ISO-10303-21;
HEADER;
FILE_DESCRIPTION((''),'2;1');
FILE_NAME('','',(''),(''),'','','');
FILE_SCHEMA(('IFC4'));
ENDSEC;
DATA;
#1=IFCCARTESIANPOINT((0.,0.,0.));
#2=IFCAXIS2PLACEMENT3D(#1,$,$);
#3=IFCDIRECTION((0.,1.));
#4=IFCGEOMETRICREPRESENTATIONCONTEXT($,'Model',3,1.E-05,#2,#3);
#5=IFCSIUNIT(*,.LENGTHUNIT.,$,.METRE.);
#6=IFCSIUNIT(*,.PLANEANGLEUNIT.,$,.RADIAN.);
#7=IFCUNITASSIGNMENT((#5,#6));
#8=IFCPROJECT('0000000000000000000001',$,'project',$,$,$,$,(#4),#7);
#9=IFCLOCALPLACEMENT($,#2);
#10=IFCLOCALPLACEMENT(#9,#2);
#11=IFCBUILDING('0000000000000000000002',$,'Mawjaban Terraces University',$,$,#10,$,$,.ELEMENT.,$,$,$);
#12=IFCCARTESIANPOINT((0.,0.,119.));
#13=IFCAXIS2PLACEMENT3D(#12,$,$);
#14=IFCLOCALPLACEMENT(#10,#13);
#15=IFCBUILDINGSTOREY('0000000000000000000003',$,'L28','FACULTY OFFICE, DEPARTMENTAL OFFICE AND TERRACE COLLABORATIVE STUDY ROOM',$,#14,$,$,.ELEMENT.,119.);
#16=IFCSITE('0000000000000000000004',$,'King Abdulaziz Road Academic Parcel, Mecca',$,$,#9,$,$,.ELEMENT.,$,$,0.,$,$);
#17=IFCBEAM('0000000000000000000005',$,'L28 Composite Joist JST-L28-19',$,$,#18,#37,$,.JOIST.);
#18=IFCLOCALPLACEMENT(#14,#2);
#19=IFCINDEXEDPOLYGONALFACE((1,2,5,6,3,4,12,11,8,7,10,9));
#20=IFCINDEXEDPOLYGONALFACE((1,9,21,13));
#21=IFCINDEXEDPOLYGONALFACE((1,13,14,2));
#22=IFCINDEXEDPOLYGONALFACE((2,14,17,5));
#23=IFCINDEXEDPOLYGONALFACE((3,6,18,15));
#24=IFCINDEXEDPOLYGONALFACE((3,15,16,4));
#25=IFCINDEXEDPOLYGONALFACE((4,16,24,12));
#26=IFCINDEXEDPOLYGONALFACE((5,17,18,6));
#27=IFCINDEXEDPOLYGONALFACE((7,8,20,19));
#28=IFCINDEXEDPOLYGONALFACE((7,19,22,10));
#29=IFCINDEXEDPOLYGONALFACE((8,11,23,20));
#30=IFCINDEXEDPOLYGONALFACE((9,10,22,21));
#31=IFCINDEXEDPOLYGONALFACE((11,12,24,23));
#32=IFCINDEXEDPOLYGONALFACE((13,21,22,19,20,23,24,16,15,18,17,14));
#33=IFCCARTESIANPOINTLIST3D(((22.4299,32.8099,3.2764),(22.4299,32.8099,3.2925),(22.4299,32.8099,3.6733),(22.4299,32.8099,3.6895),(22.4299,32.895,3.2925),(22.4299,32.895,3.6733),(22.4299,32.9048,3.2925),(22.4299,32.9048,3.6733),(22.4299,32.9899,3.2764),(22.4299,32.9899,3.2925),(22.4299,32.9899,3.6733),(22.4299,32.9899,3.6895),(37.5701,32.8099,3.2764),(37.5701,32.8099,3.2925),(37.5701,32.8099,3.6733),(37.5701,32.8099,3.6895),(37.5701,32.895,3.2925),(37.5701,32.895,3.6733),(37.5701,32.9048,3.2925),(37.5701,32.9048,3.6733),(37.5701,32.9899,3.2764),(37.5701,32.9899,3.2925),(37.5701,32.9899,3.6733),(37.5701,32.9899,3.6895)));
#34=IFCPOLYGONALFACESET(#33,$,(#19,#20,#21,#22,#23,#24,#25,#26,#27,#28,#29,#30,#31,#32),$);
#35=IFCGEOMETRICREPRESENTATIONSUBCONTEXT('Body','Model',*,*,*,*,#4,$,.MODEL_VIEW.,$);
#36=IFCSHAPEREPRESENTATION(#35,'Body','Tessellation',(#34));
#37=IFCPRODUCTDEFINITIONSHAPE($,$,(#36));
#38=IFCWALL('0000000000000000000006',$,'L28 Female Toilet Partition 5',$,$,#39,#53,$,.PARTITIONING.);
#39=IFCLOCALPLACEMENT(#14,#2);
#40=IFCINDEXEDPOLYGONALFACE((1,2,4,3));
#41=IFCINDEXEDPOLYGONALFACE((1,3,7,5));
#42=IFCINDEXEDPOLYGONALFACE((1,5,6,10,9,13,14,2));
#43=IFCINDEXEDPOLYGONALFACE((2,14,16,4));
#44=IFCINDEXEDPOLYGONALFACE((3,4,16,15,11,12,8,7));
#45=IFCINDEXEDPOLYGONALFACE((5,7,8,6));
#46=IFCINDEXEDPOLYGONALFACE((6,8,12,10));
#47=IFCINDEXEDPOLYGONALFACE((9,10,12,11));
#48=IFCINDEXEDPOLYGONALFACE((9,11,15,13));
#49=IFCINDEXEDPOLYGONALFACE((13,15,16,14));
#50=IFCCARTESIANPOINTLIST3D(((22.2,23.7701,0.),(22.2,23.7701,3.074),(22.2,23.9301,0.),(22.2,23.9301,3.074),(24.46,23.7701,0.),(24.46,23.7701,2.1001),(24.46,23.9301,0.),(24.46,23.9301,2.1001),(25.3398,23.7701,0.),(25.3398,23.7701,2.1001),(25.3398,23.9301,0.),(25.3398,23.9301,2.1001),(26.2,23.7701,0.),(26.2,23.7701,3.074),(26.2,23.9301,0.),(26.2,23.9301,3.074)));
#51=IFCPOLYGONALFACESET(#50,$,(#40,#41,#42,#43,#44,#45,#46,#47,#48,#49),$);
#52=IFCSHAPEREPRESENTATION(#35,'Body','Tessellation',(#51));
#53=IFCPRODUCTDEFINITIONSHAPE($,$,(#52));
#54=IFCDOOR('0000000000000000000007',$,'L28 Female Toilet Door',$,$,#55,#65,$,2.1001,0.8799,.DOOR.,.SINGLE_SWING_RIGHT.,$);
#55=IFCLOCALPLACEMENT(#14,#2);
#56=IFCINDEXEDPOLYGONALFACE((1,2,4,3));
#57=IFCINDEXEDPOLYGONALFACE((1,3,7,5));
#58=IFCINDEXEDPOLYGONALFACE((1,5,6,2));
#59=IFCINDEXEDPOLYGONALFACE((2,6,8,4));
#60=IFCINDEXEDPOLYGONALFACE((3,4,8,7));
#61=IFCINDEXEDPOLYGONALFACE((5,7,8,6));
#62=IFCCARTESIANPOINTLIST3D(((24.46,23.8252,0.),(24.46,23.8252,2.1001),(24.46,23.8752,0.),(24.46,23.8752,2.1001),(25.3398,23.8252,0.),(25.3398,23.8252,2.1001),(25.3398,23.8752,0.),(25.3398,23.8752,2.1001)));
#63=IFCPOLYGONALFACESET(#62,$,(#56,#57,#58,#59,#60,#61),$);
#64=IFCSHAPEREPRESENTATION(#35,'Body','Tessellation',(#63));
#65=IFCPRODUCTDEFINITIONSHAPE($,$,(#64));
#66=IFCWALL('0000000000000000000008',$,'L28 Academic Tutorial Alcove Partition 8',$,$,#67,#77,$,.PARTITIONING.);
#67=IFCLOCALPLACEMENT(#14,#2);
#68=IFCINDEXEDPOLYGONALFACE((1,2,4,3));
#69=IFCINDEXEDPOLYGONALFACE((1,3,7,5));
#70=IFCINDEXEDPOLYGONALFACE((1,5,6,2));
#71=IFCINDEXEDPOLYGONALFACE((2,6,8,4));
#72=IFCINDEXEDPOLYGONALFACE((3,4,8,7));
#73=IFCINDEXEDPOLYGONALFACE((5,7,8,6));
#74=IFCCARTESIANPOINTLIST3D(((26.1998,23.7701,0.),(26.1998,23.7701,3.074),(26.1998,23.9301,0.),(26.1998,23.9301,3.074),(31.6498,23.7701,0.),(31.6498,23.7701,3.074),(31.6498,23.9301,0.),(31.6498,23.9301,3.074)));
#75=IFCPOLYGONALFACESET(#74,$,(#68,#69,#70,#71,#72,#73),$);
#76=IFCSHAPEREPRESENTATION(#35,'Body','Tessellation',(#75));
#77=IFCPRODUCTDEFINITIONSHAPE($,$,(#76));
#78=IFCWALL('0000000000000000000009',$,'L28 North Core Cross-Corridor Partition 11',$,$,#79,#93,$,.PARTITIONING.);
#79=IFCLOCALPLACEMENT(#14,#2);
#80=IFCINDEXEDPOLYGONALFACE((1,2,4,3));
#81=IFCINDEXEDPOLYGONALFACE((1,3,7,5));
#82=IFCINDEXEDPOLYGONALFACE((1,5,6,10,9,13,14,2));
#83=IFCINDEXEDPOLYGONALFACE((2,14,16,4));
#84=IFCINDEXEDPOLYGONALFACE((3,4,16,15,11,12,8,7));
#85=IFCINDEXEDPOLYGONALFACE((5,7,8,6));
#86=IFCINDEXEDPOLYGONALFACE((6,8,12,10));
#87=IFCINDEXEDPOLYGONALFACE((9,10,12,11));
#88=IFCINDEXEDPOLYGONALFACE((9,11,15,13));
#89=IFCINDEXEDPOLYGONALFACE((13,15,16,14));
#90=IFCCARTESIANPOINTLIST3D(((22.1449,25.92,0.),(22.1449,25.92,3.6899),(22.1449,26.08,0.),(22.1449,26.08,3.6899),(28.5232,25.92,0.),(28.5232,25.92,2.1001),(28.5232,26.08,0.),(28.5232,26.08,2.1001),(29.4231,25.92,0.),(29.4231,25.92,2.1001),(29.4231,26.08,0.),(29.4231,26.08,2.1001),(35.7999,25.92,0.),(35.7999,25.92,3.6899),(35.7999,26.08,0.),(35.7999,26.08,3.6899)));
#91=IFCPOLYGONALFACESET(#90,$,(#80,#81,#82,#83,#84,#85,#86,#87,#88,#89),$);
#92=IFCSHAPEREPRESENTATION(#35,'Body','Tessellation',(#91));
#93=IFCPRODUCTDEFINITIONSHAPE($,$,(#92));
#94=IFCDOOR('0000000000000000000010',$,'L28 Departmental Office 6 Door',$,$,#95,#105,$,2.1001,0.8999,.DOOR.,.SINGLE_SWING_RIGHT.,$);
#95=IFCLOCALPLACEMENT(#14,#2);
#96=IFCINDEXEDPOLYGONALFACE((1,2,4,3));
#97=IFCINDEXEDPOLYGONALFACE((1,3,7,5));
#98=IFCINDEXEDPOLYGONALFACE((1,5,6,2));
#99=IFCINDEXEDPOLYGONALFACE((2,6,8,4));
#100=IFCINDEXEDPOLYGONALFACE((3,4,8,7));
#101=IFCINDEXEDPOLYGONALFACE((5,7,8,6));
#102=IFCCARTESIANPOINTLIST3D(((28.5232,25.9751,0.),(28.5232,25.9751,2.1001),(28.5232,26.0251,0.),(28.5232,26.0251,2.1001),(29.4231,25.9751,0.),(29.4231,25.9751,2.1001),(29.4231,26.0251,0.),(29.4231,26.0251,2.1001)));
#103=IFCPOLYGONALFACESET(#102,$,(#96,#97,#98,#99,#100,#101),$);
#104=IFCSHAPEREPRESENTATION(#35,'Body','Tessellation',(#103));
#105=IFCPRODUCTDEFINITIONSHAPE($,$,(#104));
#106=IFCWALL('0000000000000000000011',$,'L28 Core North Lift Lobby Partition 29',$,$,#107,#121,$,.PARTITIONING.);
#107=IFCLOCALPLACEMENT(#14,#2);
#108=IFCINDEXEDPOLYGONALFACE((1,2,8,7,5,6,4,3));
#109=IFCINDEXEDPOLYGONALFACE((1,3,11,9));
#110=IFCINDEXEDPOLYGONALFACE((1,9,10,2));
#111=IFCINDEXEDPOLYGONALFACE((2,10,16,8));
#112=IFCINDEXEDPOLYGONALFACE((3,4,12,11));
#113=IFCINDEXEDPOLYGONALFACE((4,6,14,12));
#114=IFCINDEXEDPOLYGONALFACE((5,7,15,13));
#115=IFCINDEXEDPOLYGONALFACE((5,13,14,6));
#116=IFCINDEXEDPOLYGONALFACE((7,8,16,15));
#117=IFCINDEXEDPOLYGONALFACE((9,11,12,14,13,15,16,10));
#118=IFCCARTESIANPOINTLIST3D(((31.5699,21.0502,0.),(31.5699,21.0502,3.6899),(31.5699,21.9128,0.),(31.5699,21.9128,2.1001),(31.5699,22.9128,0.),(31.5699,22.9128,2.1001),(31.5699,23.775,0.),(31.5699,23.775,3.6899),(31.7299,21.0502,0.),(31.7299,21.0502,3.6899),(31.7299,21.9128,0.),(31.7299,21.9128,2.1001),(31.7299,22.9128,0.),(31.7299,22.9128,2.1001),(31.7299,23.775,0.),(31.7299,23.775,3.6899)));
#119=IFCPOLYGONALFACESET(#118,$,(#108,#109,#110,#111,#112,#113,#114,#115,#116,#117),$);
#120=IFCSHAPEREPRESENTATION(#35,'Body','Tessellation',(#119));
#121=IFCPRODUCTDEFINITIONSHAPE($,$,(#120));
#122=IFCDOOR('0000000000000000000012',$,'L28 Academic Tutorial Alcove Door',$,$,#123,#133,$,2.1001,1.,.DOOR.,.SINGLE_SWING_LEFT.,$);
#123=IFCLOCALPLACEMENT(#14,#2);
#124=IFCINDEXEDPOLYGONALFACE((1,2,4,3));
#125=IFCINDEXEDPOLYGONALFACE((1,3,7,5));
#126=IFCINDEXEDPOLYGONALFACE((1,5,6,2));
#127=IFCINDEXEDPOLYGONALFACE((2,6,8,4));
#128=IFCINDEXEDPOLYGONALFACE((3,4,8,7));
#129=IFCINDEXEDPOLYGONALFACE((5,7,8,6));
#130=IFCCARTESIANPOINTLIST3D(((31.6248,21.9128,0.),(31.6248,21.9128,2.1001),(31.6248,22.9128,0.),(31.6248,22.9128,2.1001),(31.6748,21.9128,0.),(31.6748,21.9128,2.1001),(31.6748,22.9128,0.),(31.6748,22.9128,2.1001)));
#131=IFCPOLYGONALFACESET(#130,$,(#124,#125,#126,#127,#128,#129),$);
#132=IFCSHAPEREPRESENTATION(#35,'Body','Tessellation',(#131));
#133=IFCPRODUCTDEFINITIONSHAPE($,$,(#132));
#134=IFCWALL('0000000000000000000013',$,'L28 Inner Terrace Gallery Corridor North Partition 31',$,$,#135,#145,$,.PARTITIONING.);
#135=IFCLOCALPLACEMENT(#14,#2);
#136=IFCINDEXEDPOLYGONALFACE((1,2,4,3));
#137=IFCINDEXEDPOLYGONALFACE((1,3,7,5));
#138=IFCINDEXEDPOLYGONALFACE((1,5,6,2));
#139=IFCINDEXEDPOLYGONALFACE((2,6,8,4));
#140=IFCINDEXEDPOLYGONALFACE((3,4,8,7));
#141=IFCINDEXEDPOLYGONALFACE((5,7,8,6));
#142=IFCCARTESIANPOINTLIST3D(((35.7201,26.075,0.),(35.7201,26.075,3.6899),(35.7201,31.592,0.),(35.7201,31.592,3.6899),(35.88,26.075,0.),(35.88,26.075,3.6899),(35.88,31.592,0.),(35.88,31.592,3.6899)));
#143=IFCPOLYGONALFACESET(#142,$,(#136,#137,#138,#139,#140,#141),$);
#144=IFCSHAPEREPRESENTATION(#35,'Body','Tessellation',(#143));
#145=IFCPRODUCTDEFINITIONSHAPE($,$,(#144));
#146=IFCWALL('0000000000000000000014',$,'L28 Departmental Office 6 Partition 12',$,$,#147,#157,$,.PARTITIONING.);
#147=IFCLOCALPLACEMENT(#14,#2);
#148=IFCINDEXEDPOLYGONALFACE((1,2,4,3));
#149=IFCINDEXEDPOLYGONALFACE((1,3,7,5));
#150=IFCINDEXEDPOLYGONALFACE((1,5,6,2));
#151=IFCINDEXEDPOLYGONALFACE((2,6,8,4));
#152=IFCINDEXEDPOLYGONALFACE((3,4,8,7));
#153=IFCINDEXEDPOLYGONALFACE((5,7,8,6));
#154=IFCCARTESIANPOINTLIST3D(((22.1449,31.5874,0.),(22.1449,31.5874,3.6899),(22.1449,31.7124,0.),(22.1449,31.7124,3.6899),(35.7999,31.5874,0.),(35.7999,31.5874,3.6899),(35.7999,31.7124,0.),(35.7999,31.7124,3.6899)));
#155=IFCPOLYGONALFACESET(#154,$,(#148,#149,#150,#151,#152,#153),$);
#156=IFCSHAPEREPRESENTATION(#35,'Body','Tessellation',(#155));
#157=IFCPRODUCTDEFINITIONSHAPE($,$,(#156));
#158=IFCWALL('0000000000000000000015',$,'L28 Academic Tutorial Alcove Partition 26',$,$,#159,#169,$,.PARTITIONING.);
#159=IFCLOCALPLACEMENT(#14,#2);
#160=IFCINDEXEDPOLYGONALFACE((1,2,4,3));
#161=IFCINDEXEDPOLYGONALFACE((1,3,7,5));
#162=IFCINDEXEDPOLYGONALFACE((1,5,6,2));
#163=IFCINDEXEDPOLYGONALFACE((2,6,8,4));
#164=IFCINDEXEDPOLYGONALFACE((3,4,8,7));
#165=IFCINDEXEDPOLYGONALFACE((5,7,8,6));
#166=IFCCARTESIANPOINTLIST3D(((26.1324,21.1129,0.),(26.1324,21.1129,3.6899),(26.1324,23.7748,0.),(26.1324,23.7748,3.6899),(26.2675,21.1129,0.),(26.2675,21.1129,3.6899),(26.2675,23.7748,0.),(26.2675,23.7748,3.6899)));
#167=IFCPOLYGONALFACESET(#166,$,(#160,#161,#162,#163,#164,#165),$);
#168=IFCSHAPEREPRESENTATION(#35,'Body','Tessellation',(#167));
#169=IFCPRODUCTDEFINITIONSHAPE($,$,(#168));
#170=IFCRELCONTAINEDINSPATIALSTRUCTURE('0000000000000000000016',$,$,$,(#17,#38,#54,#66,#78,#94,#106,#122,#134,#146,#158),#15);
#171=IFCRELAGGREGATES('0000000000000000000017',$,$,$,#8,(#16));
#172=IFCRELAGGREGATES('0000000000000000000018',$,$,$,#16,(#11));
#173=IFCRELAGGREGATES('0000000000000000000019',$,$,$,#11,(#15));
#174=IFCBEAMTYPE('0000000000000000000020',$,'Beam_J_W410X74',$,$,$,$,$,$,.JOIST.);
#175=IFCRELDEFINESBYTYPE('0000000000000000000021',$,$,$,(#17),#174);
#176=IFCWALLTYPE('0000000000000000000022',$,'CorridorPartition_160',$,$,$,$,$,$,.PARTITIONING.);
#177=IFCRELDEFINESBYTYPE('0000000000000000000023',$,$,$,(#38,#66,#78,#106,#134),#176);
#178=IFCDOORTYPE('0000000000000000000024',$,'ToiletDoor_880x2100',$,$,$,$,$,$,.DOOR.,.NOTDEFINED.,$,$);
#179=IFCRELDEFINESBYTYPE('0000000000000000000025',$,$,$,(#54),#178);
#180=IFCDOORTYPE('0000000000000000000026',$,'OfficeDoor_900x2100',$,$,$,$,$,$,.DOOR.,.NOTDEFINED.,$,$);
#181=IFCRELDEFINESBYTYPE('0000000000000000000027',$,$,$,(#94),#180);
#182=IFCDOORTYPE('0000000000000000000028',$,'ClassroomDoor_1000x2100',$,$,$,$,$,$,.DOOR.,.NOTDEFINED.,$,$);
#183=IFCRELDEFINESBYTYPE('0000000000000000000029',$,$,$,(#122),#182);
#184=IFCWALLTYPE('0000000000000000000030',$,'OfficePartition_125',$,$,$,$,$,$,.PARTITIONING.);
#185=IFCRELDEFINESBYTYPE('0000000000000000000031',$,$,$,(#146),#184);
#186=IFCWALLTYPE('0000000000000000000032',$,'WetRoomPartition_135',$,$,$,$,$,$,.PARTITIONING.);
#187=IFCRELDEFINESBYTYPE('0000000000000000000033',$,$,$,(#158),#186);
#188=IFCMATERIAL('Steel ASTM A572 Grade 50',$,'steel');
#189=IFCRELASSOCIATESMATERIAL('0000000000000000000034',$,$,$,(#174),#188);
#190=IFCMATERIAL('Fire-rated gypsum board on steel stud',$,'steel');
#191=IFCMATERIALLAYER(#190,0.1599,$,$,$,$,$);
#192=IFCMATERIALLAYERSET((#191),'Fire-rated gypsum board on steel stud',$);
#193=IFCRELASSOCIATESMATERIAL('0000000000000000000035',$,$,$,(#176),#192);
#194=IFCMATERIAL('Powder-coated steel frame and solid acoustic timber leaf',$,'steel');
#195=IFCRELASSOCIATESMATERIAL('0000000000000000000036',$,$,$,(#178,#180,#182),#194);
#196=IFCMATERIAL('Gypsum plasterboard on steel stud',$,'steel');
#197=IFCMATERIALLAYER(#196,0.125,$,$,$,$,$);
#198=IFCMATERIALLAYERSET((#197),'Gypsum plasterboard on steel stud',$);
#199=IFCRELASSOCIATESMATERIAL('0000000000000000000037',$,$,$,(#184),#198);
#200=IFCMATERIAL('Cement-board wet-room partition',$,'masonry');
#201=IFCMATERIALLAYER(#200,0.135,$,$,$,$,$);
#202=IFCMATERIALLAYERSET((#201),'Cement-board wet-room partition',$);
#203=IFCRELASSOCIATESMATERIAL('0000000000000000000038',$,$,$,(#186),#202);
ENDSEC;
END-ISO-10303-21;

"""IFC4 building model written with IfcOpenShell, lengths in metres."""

from ifc_helpers import new_model, si_unit, direction, frame, frame_2d, origin, origin_2d, place, context, subcontext, project, spatial, rectangle, i_section, extrude, material, layer, layer_set, material_profile, profile_set, type_object, element, fill, save


model = new_model("IFC4")

# Units and contexts
model_context = context("Model", 3, precision=1e-05, world=origin(), true_north=direction((0.0, 1.0)))
body_context = subcontext(model_context, "Body", "Model", "MODEL_VIEW")
ifc_project = project(units=[si_unit("LENGTHUNIT", "METRE"), si_unit("PLANEANGLEUNIT", "RADIAN")], contexts=[model_context])

# Site, building, storey
site_placement = place(None, origin())
site = spatial("IfcSite", under=ifc_project, at=site_placement, Name="King Abdulaziz Road Academic Parcel, Mecca", CompositionType="ELEMENT", RefElevation=0.0)
building_placement = place(site_placement, origin())
building = spatial("IfcBuilding", under=site, at=building_placement, Name="Mawjaban Terraces University", CompositionType="ELEMENT")
storey_placement = place(building_placement, frame((0.0, 0.0, 119.0)))
storey = spatial("IfcBuildingStorey", under=building, at=storey_placement, Name="L28", Description="FACULTY OFFICE, DEPARTMENTAL OFFICE AND TERRACE COLLABORATIVE STUDY ROOM", CompositionType="ELEMENT", Elevation=119.0)

# Beam
ifc_material_1 = material(Name="Steel ASTM A572 Grade 50", Category="steel")
ifc_material_profile_1 = material_profile(ifc_material_1, i_section(OverallWidth=0.1799, OverallDepth=0.4131, WebThickness=0.0098, FlangeThickness=0.0161, at=origin_2d()), Name="W410X74")
ifc_profile_set_1 = profile_set([ifc_material_profile_1], Name="Steel ASTM A572 Grade 50")
beam_type_1 = type_object("IfcBeamType", Name="Beam_J_W410X74", PredefinedType="JOIST", material=ifc_profile_set_1)
for number, where, z_axis, x_axis, name in (
    (1, (22.4299, 32.8999, 3.4829), (1.0, 0.0, 0.0), (0.0, 1.0, 0.0), "L28 Composite Joist JST-L28-19"),
):
    element("IfcBeam", number, at=place(storey_placement, frame(where, z_axis=z_axis, x_axis=x_axis)), inside=storey, type_object=beam_type_1, Name=name, PredefinedType="JOIST", context=body_context, shape_type="SweptSolid", body=[
        extrude(i_section(OverallWidth=0.1799, OverallDepth=0.4131, WebThickness=0.0098, FlangeThickness=0.0161, at=origin_2d()), origin(), (0.0, 0.0, 1.0), 15.1401),
    ])

# Wall, opening, door
ifc_material_2 = material(Name="Fire-rated gypsum board on steel stud", Category="steel")
ifc_layer_1 = layer(ifc_material_2, 0.1599)
ifc_layer_set_1 = layer_set([ifc_layer_1], Name="Fire-rated gypsum board on steel stud")
wall_type_1 = type_object("IfcWallType", Name="CorridorPartition_160", PredefinedType="PARTITIONING", material=ifc_layer_set_1)
wall_1_placement = place(storey_placement, frame((26.2, 23.8501, 0.0), z_axis=(0.0, 0.0, 1.0), x_axis=(-1.0, 0.0, 0.0)))
wall_1 = element("IfcWall", 2, at=wall_1_placement, inside=storey, type_object=wall_type_1, Name="L28 Female Toilet Partition 5", PredefinedType="PARTITIONING", context=body_context, shape_type="SweptSolid", body=[
    extrude(rectangle(XDim=4.0, YDim=0.1599, at=frame_2d((2.0, 0.0))), origin(), (0.0, 0.0, 1.0), 3.074),
])
opening_1_placement = place(wall_1_placement, frame((0.8601, 0.0, 0.0)))
opening_1 = element("IfcOpeningElement", 3, at=opening_1_placement, cuts=wall_1, PredefinedType="OPENING", context=body_context, shape_type="SweptSolid", body=[
    extrude(rectangle(XDim=0.8799, YDim=2.1001, at=frame_2d((0.4399, 1.05))), frame((0.0, 0.0898, 0.0), z_axis=(0.0, -1.0, 0.0), x_axis=(1.0, 0.0, 0.0)), (0.0, 0.0, 1.0), 0.1799),
])
ifc_material_3 = material(Name="Powder-coated steel frame and solid acoustic timber leaf", Category="steel")
door_type_1 = type_object("IfcDoorType", Name="ToiletDoor_880x2100", OperationType="NOTDEFINED", PredefinedType="DOOR", material=ifc_material_3)
door_1_placement = place(opening_1_placement, origin())
door_1 = element("IfcDoor", 4, at=door_1_placement, inside=storey, type_object=door_type_1, Name="L28 Female Toilet Door", OperationType="SINGLE_SWING_RIGHT", OverallHeight=2.1001, OverallWidth=0.8799, PredefinedType="DOOR", context=body_context, shape_type="SweptSolid", body=[
    extrude(rectangle(XDim=0.8799, YDim=2.1001, at=frame_2d((0.4399, 1.05))), frame((0.0, 0.0249, 0.0), z_axis=(0.0, -1.0, 0.0), x_axis=(1.0, 0.0, 0.0)), (0.0, 0.0, 1.0), 0.05),
])
fill(opening_1, door_1)

# Wall
wall_2_placement = place(storey_placement, frame((31.6499, 23.8501, 0.0), z_axis=(0.0, 0.0, 1.0), x_axis=(-1.0, 0.0, 0.0)))
element("IfcWall", 5, at=wall_2_placement, inside=storey, type_object=wall_type_1, Name="L28 Academic Tutorial Alcove Partition 8", PredefinedType="PARTITIONING", context=body_context, shape_type="SweptSolid", body=[
    extrude(rectangle(XDim=5.45, YDim=0.1599, at=frame_2d((2.7251, 0.0))), origin(), (0.0, 0.0, 1.0), 3.074),
])

# Walls, openings, doors
wall_3_placement = place(storey_placement, frame((35.8, 26.0, 0.0), z_axis=(0.0, 0.0, 1.0), x_axis=(-1.0, 0.0, 0.0)))
wall_3 = element("IfcWall", 6, at=wall_3_placement, inside=storey, type_object=wall_type_1, Name="L28 North Core Cross-Corridor Partition 11", PredefinedType="PARTITIONING", context=body_context, shape_type="SweptSolid", body=[
    extrude(rectangle(XDim=13.655, YDim=0.1599, at=frame_2d((6.8276, 0.0))), origin(), (0.0, 0.0, 1.0), 3.6899),
])
opening_2_placement = place(wall_3_placement, frame((6.377, 0.0, 0.0)))
opening_2 = element("IfcOpeningElement", 7, at=opening_2_placement, cuts=wall_3, PredefinedType="OPENING", context=body_context, shape_type="SweptSolid", body=[
    extrude(rectangle(XDim=0.8999, YDim=2.1001, at=frame_2d((0.45, 1.05))), frame((0.0, 0.0898, 0.0), z_axis=(0.0, -1.0, 0.0), x_axis=(1.0, 0.0, 0.0)), (0.0, 0.0, 1.0), 0.1799),
])
door_type_2 = type_object("IfcDoorType", Name="OfficeDoor_900x2100", OperationType="NOTDEFINED", PredefinedType="DOOR", material=ifc_material_3)
door_2_placement = place(opening_2_placement, origin())
door_2 = element("IfcDoor", 8, at=door_2_placement, inside=storey, type_object=door_type_2, Name="L28 Departmental Office 6 Door", OperationType="SINGLE_SWING_RIGHT", OverallHeight=2.1001, OverallWidth=0.8999, PredefinedType="DOOR", context=body_context, shape_type="SweptSolid", body=[
    extrude(rectangle(XDim=0.8999, YDim=2.1001, at=frame_2d((0.45, 1.05))), frame((0.0, 0.0249, 0.0), z_axis=(0.0, -1.0, 0.0), x_axis=(1.0, 0.0, 0.0)), (0.0, 0.0, 1.0), 0.05),
])
fill(opening_2, door_2)
wall_4_placement = place(storey_placement, frame((31.6499, 23.7749, 0.0), z_axis=(0.0, 0.0, 1.0), x_axis=(0.0, -1.0, 0.0)))
wall_4 = element("IfcWall", 9, at=wall_4_placement, inside=storey, type_object=wall_type_1, Name="L28 Core North Lift Lobby Partition 29", PredefinedType="PARTITIONING", context=body_context, shape_type="SweptSolid", body=[
    extrude(rectangle(XDim=2.7249, YDim=0.1599, at=frame_2d((1.3623, 0.0))), origin(), (0.0, 0.0, 1.0), 3.6899),
])
opening_3_placement = place(wall_4_placement, frame((0.8621, 0.0, 0.0)))
opening_3 = element("IfcOpeningElement", 10, at=opening_3_placement, cuts=wall_4, PredefinedType="OPENING", context=body_context, shape_type="SweptSolid", body=[
    extrude(rectangle(XDim=1.0, YDim=2.1001, at=frame_2d((0.5, 1.05))), frame((0.0, 0.0898, 0.0), z_axis=(0.0, -1.0, 0.0), x_axis=(1.0, 0.0, 0.0)), (0.0, 0.0, 1.0), 0.1799),
])
door_type_3 = type_object("IfcDoorType", Name="ClassroomDoor_1000x2100", OperationType="NOTDEFINED", PredefinedType="DOOR", material=ifc_material_3)
door_3_placement = place(opening_3_placement, origin())
door_3 = element("IfcDoor", 11, at=door_3_placement, inside=storey, type_object=door_type_3, Name="L28 Academic Tutorial Alcove Door", OperationType="SINGLE_SWING_LEFT", OverallHeight=2.1001, OverallWidth=1.0, PredefinedType="DOOR", context=body_context, shape_type="SweptSolid", body=[
    extrude(rectangle(XDim=1.0, YDim=2.1001, at=frame_2d((0.5, 1.05))), frame((0.0, 0.0249, 0.0), z_axis=(0.0, -1.0, 0.0), x_axis=(1.0, 0.0, 0.0)), (0.0, 0.0, 1.0), 0.05),
])
fill(opening_3, door_3)

# Walls
wall_5_placement = place(storey_placement, frame((35.8, 31.592, 0.0), z_axis=(0.0, 0.0, 1.0), x_axis=(0.0, -1.0, 0.0)))
element("IfcWall", 12, at=wall_5_placement, inside=storey, type_object=wall_type_1, Name="L28 Inner Terrace Gallery Corridor North Partition 31", PredefinedType="PARTITIONING", context=body_context, shape_type="SweptSolid", body=[
    extrude(rectangle(XDim=5.5171, YDim=0.1599, at=frame_2d((2.7585, 0.0))), origin(), (0.0, 0.0, 1.0), 3.6899),
])
ifc_material_4 = material(Name="Gypsum plasterboard on steel stud", Category="steel")
ifc_layer_2 = layer(ifc_material_4, 0.125)
ifc_layer_set_2 = layer_set([ifc_layer_2], Name="Gypsum plasterboard on steel stud")
wall_type_2 = type_object("IfcWallType", Name="OfficePartition_125", PredefinedType="PARTITIONING", material=ifc_layer_set_2)
wall_6_placement = place(storey_placement, frame((35.8, 31.6499, 0.0), z_axis=(0.0, 0.0, 1.0), x_axis=(-1.0, 0.0, 0.0)))
element("IfcWall", 13, at=wall_6_placement, inside=storey, type_object=wall_type_2, Name="L28 Departmental Office 6 Partition 12", PredefinedType="PARTITIONING", context=body_context, shape_type="SweptSolid", body=[
    extrude(rectangle(XDim=13.655, YDim=0.125, at=frame_2d((6.8276, 0.0))), origin(), (0.0, 0.0, 1.0), 3.6899),
])
ifc_material_5 = material(Name="Cement-board wet-room partition", Category="masonry")
ifc_layer_3 = layer(ifc_material_5, 0.135)
ifc_layer_set_3 = layer_set([ifc_layer_3], Name="Cement-board wet-room partition")
wall_type_3 = type_object("IfcWallType", Name="WetRoomPartition_135", PredefinedType="PARTITIONING", material=ifc_layer_set_3)
wall_7_placement = place(storey_placement, frame((26.2, 23.7749, 0.0), z_axis=(0.0, 0.0, 1.0), x_axis=(0.0, -1.0, 0.0)))
element("IfcWall", 14, at=wall_7_placement, inside=storey, type_object=wall_type_3, Name="L28 Academic Tutorial Alcove Partition 26", PredefinedType="PARTITIONING", context=body_context, shape_type="SweptSolid", body=[
    extrude(rectangle(XDim=2.6619, YDim=0.135, at=frame_2d((1.3311, 0.0))), origin(), (0.0, 0.0, 1.0), 3.6899),
])

save(model, "model.ifc")
